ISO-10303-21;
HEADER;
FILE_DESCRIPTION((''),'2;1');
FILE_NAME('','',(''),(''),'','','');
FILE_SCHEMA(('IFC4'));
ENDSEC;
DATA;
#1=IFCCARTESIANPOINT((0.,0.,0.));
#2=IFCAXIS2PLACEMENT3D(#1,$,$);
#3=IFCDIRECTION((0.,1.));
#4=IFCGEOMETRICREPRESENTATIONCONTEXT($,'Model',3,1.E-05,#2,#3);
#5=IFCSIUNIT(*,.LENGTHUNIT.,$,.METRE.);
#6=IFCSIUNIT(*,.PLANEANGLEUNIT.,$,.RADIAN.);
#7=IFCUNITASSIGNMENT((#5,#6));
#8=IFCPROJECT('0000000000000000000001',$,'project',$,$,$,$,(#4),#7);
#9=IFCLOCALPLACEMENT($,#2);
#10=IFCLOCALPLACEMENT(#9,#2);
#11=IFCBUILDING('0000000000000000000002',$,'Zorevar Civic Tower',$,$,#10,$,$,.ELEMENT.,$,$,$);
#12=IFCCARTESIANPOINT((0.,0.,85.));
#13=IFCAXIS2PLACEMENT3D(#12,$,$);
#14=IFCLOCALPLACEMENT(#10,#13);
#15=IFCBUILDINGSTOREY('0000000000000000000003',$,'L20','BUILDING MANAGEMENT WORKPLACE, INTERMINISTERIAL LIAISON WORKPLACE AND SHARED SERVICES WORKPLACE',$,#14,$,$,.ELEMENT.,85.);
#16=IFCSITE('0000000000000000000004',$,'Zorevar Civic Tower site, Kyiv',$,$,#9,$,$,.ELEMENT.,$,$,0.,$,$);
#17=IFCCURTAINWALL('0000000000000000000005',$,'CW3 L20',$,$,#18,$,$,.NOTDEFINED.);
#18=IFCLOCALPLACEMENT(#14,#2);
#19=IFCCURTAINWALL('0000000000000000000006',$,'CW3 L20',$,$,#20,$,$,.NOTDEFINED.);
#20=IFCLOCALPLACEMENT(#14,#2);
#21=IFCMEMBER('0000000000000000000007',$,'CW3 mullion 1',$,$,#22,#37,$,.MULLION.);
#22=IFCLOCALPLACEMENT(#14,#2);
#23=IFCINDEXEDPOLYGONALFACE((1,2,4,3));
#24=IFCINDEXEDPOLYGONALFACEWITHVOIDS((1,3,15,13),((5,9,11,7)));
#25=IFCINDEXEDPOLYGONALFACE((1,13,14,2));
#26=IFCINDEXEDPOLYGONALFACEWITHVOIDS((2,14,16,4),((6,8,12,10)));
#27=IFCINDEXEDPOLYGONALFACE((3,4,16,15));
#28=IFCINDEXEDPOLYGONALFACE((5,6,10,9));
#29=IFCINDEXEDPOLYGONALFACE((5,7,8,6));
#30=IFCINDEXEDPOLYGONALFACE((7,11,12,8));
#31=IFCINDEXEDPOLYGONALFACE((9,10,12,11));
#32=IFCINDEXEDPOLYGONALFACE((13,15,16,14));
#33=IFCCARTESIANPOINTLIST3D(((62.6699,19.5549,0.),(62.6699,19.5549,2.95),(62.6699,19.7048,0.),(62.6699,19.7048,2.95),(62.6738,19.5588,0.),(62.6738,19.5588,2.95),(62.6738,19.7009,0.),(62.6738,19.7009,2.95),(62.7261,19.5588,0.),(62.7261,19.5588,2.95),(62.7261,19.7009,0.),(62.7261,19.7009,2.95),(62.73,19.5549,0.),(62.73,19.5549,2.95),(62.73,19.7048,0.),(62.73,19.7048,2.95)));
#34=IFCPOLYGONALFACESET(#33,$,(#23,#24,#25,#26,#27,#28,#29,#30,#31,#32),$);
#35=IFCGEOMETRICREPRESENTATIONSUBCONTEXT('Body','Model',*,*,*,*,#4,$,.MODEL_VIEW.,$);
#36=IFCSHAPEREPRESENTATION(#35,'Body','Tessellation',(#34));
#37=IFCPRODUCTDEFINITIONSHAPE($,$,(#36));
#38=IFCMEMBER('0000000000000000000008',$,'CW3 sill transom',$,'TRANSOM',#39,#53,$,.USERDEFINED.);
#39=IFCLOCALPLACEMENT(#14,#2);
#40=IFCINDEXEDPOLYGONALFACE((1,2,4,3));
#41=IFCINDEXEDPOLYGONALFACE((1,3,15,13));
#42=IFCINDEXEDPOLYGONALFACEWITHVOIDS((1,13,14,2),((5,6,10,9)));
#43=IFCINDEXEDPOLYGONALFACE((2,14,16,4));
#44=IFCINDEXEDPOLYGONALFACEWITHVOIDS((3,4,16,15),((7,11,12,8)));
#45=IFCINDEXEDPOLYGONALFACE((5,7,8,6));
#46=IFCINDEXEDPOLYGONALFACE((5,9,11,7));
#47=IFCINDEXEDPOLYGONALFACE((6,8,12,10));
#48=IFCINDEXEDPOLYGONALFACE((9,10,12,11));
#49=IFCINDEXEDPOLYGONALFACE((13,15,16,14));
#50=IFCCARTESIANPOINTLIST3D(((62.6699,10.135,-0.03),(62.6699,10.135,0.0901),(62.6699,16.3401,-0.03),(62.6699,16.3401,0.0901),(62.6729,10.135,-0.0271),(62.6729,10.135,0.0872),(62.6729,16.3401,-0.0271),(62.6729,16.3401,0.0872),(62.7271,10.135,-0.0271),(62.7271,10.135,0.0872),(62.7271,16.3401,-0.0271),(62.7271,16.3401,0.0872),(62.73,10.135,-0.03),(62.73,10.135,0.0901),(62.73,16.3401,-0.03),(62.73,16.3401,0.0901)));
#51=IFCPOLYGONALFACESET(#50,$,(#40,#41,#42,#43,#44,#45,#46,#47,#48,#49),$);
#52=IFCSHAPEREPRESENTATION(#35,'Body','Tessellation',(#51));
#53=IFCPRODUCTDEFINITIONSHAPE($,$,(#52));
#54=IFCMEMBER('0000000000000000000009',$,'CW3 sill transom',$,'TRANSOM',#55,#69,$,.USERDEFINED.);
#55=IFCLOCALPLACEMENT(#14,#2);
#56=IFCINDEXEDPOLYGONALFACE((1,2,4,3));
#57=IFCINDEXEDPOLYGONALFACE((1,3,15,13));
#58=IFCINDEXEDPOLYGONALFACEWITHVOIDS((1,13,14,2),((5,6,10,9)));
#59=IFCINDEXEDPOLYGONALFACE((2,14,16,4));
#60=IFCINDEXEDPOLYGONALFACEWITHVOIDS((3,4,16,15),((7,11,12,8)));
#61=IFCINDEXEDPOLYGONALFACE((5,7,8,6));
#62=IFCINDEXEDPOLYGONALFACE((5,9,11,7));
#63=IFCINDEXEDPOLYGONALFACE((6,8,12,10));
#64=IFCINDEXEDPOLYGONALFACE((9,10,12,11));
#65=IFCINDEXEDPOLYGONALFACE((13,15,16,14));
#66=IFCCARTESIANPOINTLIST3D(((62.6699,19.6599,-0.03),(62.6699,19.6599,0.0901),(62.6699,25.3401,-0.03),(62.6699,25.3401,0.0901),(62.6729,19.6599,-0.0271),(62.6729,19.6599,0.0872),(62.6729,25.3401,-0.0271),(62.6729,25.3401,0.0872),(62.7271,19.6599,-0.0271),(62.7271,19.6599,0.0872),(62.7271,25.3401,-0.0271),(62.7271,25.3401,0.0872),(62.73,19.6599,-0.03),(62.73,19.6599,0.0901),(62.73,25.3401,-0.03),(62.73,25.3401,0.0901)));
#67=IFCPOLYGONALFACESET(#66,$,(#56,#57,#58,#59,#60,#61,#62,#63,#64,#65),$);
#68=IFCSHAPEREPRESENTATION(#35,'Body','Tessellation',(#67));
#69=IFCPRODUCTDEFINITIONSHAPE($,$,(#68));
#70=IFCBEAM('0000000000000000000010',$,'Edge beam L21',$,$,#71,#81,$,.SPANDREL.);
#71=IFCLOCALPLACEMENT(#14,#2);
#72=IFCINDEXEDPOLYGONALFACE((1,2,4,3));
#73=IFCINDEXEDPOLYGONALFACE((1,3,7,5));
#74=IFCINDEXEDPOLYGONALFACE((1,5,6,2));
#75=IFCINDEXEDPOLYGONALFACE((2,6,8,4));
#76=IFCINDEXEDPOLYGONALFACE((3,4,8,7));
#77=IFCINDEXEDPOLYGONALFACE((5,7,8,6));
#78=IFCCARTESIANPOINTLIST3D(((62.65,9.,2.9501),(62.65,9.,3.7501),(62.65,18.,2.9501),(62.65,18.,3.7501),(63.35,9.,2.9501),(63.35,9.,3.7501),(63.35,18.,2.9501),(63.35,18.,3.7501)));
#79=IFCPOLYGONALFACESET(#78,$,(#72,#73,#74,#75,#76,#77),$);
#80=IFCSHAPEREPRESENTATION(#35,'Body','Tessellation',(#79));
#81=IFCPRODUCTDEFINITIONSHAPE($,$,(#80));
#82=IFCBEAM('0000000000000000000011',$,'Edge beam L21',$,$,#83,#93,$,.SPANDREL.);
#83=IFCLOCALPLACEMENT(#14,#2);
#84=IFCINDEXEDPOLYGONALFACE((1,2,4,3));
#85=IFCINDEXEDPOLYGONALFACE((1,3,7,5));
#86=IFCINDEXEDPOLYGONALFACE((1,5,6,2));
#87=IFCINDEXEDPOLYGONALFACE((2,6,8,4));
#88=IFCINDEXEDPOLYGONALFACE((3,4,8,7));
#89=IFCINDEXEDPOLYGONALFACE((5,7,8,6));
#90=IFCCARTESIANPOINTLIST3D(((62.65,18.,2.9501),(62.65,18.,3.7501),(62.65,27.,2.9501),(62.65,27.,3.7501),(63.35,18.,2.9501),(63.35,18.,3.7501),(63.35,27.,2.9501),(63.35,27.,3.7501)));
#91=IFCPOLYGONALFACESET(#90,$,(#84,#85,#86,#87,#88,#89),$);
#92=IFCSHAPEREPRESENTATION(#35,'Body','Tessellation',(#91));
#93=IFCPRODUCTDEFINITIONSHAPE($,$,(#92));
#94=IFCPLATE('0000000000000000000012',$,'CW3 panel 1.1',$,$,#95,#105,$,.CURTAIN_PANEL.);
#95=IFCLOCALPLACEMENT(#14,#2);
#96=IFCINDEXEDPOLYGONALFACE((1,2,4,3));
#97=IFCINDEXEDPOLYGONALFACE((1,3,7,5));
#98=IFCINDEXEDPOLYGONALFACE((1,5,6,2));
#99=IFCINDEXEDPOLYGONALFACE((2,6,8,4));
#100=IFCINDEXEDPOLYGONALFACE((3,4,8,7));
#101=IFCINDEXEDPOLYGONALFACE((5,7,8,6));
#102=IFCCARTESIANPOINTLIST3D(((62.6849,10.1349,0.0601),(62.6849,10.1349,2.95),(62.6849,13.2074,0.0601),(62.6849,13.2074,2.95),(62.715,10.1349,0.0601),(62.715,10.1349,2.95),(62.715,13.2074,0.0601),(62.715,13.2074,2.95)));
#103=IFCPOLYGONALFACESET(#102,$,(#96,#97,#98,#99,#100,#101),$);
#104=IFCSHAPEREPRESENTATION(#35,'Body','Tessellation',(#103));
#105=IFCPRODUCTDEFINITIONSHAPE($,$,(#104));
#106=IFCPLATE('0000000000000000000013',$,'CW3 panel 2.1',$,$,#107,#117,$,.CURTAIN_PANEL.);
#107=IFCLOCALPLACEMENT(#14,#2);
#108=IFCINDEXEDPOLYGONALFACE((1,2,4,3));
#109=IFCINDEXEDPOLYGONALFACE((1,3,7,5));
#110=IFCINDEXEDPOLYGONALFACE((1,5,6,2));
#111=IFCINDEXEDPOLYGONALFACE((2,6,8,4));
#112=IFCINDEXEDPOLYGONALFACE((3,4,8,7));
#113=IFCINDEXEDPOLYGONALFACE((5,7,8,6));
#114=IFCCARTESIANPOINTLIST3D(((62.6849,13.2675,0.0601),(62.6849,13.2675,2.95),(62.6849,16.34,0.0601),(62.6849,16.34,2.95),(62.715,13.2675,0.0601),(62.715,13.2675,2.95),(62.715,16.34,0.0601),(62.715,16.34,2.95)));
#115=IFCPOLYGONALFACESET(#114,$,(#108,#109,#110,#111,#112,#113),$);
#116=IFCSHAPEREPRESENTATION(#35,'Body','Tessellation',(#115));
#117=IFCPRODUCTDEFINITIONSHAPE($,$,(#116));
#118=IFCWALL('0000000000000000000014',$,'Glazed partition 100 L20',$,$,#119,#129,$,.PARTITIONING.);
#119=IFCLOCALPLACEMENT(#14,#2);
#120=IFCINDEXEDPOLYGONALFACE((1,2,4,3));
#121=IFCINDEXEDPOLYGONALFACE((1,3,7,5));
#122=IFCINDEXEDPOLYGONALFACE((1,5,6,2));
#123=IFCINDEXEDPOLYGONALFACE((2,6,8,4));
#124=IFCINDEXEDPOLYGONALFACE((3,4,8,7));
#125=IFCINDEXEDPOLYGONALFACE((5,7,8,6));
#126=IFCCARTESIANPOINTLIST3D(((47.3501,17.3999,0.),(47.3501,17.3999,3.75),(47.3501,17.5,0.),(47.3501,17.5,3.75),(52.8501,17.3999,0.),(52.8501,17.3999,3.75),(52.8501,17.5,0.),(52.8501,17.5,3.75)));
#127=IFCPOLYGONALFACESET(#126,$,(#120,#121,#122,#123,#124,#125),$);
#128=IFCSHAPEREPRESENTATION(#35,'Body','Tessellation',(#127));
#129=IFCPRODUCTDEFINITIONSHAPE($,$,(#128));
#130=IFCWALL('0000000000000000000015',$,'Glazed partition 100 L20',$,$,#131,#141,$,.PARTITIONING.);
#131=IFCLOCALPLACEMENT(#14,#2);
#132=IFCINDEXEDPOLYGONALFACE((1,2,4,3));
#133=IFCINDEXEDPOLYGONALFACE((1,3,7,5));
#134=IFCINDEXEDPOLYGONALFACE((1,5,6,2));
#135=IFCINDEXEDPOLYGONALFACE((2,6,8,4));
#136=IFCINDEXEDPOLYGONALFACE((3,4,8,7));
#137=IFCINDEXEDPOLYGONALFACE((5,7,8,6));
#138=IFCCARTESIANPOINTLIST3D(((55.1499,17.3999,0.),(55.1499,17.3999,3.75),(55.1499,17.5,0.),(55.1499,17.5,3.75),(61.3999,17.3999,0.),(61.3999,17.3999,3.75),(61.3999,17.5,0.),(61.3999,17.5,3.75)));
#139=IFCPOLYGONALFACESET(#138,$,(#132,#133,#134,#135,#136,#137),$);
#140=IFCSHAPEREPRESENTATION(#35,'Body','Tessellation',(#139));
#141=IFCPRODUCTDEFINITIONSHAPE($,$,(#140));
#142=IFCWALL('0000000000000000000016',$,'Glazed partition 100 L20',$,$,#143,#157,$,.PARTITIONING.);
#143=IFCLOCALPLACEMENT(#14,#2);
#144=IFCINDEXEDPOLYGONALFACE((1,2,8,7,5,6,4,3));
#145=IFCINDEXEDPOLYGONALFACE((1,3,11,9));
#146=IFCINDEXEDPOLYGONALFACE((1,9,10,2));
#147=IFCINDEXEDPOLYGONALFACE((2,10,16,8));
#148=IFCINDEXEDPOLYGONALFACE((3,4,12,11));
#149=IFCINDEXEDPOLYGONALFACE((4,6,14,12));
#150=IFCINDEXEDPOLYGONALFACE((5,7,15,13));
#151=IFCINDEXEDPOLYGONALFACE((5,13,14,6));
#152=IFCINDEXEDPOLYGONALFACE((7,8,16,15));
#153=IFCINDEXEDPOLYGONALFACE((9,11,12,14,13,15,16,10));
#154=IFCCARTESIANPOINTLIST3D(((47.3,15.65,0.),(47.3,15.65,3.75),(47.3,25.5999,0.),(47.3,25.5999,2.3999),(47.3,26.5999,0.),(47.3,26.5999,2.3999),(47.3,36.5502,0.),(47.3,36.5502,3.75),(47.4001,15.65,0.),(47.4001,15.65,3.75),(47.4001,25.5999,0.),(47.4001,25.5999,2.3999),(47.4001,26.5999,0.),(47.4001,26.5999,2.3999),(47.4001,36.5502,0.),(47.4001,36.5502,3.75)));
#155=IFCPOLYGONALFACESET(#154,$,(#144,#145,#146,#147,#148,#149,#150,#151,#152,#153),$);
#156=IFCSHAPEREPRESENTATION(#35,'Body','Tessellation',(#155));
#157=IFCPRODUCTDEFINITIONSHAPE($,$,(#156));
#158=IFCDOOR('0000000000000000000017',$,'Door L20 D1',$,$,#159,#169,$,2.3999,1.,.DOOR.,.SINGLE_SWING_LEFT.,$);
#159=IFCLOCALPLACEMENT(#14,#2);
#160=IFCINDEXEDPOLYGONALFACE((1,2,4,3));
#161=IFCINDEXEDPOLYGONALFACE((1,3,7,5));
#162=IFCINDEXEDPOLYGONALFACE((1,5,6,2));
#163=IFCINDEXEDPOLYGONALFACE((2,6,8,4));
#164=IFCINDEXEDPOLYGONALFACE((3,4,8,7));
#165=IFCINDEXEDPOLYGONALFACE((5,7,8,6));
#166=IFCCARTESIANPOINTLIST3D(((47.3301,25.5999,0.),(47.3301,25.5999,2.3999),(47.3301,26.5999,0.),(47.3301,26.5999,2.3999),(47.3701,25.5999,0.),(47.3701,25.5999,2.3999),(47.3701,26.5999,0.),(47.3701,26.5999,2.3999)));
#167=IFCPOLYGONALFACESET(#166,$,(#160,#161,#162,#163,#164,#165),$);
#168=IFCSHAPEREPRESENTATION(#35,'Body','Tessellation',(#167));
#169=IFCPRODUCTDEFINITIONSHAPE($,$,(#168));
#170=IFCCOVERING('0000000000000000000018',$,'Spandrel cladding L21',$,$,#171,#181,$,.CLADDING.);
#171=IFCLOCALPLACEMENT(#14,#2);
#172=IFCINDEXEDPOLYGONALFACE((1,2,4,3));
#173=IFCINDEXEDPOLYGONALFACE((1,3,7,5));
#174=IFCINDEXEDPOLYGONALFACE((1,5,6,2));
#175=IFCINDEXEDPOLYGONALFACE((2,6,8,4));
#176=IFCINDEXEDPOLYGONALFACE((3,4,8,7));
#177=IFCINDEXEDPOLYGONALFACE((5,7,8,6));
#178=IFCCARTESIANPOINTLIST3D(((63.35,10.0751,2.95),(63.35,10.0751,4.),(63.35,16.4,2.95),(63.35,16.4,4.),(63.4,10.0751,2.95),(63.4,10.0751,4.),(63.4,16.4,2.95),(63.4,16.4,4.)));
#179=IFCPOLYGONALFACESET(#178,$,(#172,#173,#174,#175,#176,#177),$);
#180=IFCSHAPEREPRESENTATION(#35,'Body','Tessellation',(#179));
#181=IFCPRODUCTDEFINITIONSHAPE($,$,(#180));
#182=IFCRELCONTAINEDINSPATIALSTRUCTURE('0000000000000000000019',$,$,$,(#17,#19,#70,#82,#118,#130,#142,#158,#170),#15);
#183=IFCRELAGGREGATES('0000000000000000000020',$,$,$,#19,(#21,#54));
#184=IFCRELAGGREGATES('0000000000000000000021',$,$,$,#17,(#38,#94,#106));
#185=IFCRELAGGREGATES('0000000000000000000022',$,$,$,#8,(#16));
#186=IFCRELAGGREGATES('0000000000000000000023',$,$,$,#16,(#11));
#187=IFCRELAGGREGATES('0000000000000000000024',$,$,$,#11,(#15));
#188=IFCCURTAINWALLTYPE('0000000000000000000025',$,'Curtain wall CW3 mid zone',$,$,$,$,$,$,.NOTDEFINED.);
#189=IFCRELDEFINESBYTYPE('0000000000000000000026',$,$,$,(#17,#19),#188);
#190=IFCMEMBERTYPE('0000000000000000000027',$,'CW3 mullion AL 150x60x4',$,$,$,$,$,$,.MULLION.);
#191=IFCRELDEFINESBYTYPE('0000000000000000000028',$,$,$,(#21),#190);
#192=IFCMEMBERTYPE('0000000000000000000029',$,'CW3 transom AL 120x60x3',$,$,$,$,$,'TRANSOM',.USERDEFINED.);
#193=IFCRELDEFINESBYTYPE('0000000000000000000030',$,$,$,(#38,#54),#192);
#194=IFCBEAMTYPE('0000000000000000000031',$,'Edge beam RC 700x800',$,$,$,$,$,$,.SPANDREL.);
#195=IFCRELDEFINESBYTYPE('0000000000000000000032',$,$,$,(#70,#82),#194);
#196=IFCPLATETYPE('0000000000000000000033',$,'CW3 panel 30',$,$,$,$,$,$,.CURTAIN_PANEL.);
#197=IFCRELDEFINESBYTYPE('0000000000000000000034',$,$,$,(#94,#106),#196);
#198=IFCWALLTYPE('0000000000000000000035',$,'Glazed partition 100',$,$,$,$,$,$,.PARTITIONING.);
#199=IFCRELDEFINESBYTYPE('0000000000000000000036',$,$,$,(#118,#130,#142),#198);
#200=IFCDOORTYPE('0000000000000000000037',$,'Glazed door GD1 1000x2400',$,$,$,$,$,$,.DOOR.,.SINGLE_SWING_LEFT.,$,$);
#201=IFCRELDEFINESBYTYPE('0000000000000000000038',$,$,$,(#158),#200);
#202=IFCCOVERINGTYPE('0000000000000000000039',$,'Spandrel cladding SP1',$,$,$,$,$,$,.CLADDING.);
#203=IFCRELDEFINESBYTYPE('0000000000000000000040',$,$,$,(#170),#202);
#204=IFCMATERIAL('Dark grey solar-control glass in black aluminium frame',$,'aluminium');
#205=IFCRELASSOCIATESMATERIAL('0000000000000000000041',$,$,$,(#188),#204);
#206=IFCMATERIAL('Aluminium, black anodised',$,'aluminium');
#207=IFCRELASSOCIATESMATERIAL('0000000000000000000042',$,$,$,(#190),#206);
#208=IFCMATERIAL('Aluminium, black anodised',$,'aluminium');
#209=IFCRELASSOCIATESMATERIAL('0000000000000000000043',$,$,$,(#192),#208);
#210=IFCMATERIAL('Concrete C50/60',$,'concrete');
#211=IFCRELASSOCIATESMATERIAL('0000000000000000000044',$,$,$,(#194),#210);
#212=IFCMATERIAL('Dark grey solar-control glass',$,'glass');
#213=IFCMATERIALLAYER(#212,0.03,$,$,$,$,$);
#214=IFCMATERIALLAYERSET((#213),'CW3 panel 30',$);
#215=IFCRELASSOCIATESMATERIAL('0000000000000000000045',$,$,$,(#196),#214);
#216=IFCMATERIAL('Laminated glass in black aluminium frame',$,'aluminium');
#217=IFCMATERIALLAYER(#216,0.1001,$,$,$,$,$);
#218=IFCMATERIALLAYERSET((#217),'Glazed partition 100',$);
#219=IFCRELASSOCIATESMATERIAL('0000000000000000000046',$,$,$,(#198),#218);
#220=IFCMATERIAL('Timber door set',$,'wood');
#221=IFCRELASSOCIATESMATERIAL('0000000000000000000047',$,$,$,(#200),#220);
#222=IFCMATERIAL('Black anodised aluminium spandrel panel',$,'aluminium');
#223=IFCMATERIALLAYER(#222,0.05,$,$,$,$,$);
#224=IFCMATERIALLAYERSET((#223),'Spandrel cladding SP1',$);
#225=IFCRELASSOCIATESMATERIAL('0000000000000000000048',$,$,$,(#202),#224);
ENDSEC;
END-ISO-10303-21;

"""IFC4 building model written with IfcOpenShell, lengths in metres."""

from ifc_helpers import new_model, si_unit, direction, frame, frame_2d, origin, origin_2d, place, context, subcontext, project, spatial, rectangle, hollow_rectangle, extrude, material, layer, layer_set, material_profile, profile_set, type_object, element, fill, aggregate, save


model = new_model("IFC4")

# Units and contexts
model_context = context("Model", 3, precision=1e-05, world=origin(), true_north=direction((0.0, 1.0)))
body_context = subcontext(model_context, "Body", "Model", "MODEL_VIEW")
ifc_project = project(units=[si_unit("LENGTHUNIT", "METRE"), si_unit("PLANEANGLEUNIT", "RADIAN")], contexts=[model_context])

# Site, building, storey
site_placement = place(None, origin())
site = spatial("IfcSite", under=ifc_project, at=site_placement, Name="Zorevar Civic Tower site, Kyiv", CompositionType="ELEMENT", RefElevation=0.0)
building_placement = place(site_placement, origin())
building = spatial("IfcBuilding", under=site, at=building_placement, Name="Zorevar Civic Tower", CompositionType="ELEMENT")
storey_placement = place(building_placement, frame((0.0, 0.0, 85.0)))
storey = spatial("IfcBuildingStorey", under=building, at=storey_placement, Name="L20", Description="BUILDING MANAGEMENT WORKPLACE, INTERMINISTERIAL LIAISON WORKPLACE AND SHARED SERVICES WORKPLACE", CompositionType="ELEMENT", Elevation=85.0)

# Curtain wall
ifc_material_1 = material(Name="Dark grey solar-control glass in black aluminium frame", Category="aluminium")
curtain_wall_type = type_object("IfcCurtainWallType", Name="Curtain wall CW3 mid zone", PredefinedType="NOTDEFINED", material=ifc_material_1)
curtain_wall_1_placement = place(storey_placement, origin())
curtain_wall_1 = element("IfcCurtainWall", 1, at=curtain_wall_1_placement, inside=storey, type_object=curtain_wall_type, Name="CW3 L20", PredefinedType="NOTDEFINED")
ifc_material_2 = material(Name="Aluminium, black anodised", Category="aluminium")
ifc_material_profile_1 = material_profile(ifc_material_2, hollow_rectangle(XDim=0.0601, YDim=0.1499, WallThickness=0.0039, at=origin_2d()), Name="AL 150x60x4")
ifc_profile_set_1 = profile_set([ifc_material_profile_1], Name="Aluminium, black anodised")
member_type_1 = type_object("IfcMemberType", Name="CW3 mullion AL 150x60x4", PredefinedType="MULLION", material=ifc_profile_set_1)

# Curtain wall, member
curtain_wall_2_placement = place(storey_placement, origin())
curtain_wall_2 = element("IfcCurtainWall", 2, at=curtain_wall_2_placement, inside=storey, type_object=curtain_wall_type, Name="CW3 L20", PredefinedType="NOTDEFINED")
member_1_placement = place(storey_placement, frame((62.7, 19.6299, 0.0), z_axis=(0.0, 0.0, 1.0), x_axis=(-1.0, 0.0, 0.0)))
member_1 = element("IfcMember", 3, at=member_1_placement, type_object=member_type_1, Name="CW3 mullion 1", PredefinedType="MULLION", context=body_context, shape_type="SweptSolid", body=[
    extrude(hollow_rectangle(XDim=0.0601, YDim=0.1499, WallThickness=0.0039, at=origin_2d()), origin(), (0.0, 0.0, 1.0), 2.95),
])

# Members
ifc_material_3 = material(Name="Aluminium, black anodised", Category="aluminium")
ifc_material_profile_2 = material_profile(ifc_material_3, hollow_rectangle(XDim=0.0601, YDim=0.1201, WallThickness=0.0029, at=origin_2d()), Name="AL 120x60x3")
ifc_profile_set_2 = profile_set([ifc_material_profile_2], Name="Aluminium, black anodised")
member_type_2 = type_object("IfcMemberType", Name="CW3 transom AL 120x60x3", ElementType="TRANSOM", PredefinedType="USERDEFINED", material=ifc_profile_set_2)
member_2_placement = place(storey_placement, frame((62.7, 10.135, 0.03), z_axis=(0.0, 1.0, 0.0), x_axis=(-1.0, 0.0, 0.0)))
member_2 = element("IfcMember", 4, at=member_2_placement, type_object=member_type_2, Name="CW3 sill transom", ObjectType="TRANSOM", PredefinedType="USERDEFINED", context=body_context, shape_type="SweptSolid", body=[
    extrude(hollow_rectangle(XDim=0.0601, YDim=0.1201, WallThickness=0.0029, at=origin_2d()), origin(), (0.0, 0.0, 1.0), 6.2051),
])
member_3_placement = place(storey_placement, frame((62.7, 19.6599, 0.03), z_axis=(0.0, 1.0, 0.0), x_axis=(-1.0, 0.0, 0.0)))
member_3 = element("IfcMember", 5, at=member_3_placement, type_object=member_type_2, Name="CW3 sill transom", ObjectType="TRANSOM", PredefinedType="USERDEFINED", context=body_context, shape_type="SweptSolid", body=[
    extrude(hollow_rectangle(XDim=0.0601, YDim=0.1201, WallThickness=0.0029, at=origin_2d()), origin(), (0.0, 0.0, 1.0), 5.6802),
])
aggregate(curtain_wall_2, [member_1, member_3])

# Beams
ifc_material_4 = material(Name="Concrete C50/60", Category="concrete")
ifc_material_profile_3 = material_profile(ifc_material_4, rectangle(XDim=0.7, YDim=0.8, at=origin_2d()), Name="RC 700x800")
ifc_profile_set_3 = profile_set([ifc_material_profile_3], Name="Concrete C50/60")
beam_type_1 = type_object("IfcBeamType", Name="Edge beam RC 700x800", PredefinedType="SPANDREL", material=ifc_profile_set_3)
for number, where, z_axis, x_axis, name in (
    (6, (63.0, 9.0, 3.3501), (0.0, 1.0, 0.0), (-1.0, 0.0, 0.0), "Edge beam L21"),
    (7, (63.0, 18.0, 3.3501), (0.0, 1.0, 0.0), (-1.0, 0.0, 0.0), "Edge beam L21"),
):
    element("IfcBeam", number, at=place(storey_placement, frame(where, z_axis=z_axis, x_axis=x_axis)), inside=storey, type_object=beam_type_1, Name=name, PredefinedType="SPANDREL", context=body_context, shape_type="SweptSolid", body=[
        extrude(rectangle(XDim=0.7, YDim=0.8, at=origin_2d()), origin(), (0.0, 0.0, 1.0), 9.0),
    ])

# Plates
ifc_material_5 = material(Name="Dark grey solar-control glass", Category="glass")
ifc_layer_1 = layer(ifc_material_5, 0.03)
ifc_layer_set_1 = layer_set([ifc_layer_1], Name="CW3 panel 30")
plate_type = type_object("IfcPlateType", Name="CW3 panel 30", PredefinedType="CURTAIN_PANEL", material=ifc_layer_set_1)
plate_1_placement = place(storey_placement, frame((62.7, 11.6711, 0.0601), z_axis=(0.0, 0.0, 1.0), x_axis=(0.0, 1.0, 0.0)))
plate_1 = element("IfcPlate", 8, at=plate_1_placement, type_object=plate_type, Name="CW3 panel 1.1", PredefinedType="CURTAIN_PANEL", context=body_context, shape_type="SweptSolid", body=[
    extrude(rectangle(XDim=3.0725, YDim=0.03, at=origin_2d()), origin(), (0.0, 0.0, 1.0), 2.8899),
])
plate_2_placement = place(storey_placement, frame((62.7, 14.8037, 0.0601), z_axis=(0.0, 0.0, 1.0), x_axis=(0.0, 1.0, 0.0)))
plate_2 = element("IfcPlate", 9, at=plate_2_placement, type_object=plate_type, Name="CW3 panel 2.1", PredefinedType="CURTAIN_PANEL", context=body_context, shape_type="SweptSolid", body=[
    extrude(rectangle(XDim=3.0725, YDim=0.03, at=origin_2d()), origin(), (0.0, 0.0, 1.0), 2.8899),
])
aggregate(curtain_wall_1, [member_2, plate_1, plate_2])

# Walls
ifc_material_6 = material(Name="Laminated glass in black aluminium frame", Category="aluminium")
ifc_layer_2 = layer(ifc_material_6, 0.1001)
ifc_layer_set_2 = layer_set([ifc_layer_2], Name="Glazed partition 100")
wall_type = type_object("IfcWallType", Name="Glazed partition 100", PredefinedType="PARTITIONING", material=ifc_layer_set_2)
wall_1_placement = place(storey_placement, frame((47.3501, 17.45, 0.0), z_axis=(0.0, 0.0, 1.0), x_axis=(1.0, 0.0, 0.0)))
element("IfcWall", 10, at=wall_1_placement, inside=storey, type_object=wall_type, Name="Glazed partition 100 L20", PredefinedType="PARTITIONING", context=body_context, shape_type="SweptSolid", body=[
    extrude(rectangle(XDim=5.5, YDim=0.1001, at=frame_2d((2.75, 0.0))), origin(), (0.0, 0.0, 1.0), 3.75),
])
wall_2_placement = place(storey_placement, frame((55.1499, 17.45, 0.0), z_axis=(0.0, 0.0, 1.0), x_axis=(1.0, 0.0, 0.0)))
element("IfcWall", 11, at=wall_2_placement, inside=storey, type_object=wall_type, Name="Glazed partition 100 L20", PredefinedType="PARTITIONING", context=body_context, shape_type="SweptSolid", body=[
    extrude(rectangle(XDim=6.25, YDim=0.1001, at=frame_2d((3.125, 0.0))), origin(), (0.0, 0.0, 1.0), 3.75),
])

# Wall, opening, door
wall_3_placement = place(storey_placement, frame((47.3501, 15.6499, 0.0), z_axis=(0.0, 0.0, 1.0), x_axis=(0.0, 1.0, 0.0)))
wall_3 = element("IfcWall", 12, at=wall_3_placement, inside=storey, type_object=wall_type, Name="Glazed partition 100 L20", PredefinedType="PARTITIONING", context=body_context, shape_type="SweptSolid", body=[
    extrude(rectangle(XDim=20.9001, YDim=0.1001, at=frame_2d((10.4502, 0.0))), origin(), (0.0, 0.0, 1.0), 3.75),
])
opening_placement = place(wall_3_placement, frame((9.95, 0.0, 0.0)))
opening = element("IfcOpeningElement", 13, at=opening_placement, cuts=wall_3, PredefinedType="OPENING", context=body_context, shape_type="SweptSolid", body=[
    extrude(rectangle(XDim=1.0, YDim=2.3999, at=frame_2d((0.5, 1.2))), frame((0.0, 0.0601, 0.0), z_axis=(0.0, -1.0, 0.0), x_axis=(1.0, 0.0, 0.0)), (0.0, 0.0, 1.0), 0.1201),
])
ifc_material_7 = material(Name="Timber door set", Category="wood")
door_type = type_object("IfcDoorType", Name="Glazed door GD1 1000x2400", OperationType="SINGLE_SWING_LEFT", PredefinedType="DOOR", material=ifc_material_7)
door_placement = place(opening_placement, origin())
door = element("IfcDoor", 14, at=door_placement, inside=storey, type_object=door_type, Name="Door L20 D1", OperationType="SINGLE_SWING_LEFT", OverallHeight=2.3999, OverallWidth=1.0, PredefinedType="DOOR", context=body_context, shape_type="SweptSolid", body=[
    extrude(rectangle(XDim=1.0, YDim=2.3999, at=frame_2d((0.5, 1.2))), frame((0.0, 0.02, 0.0), z_axis=(0.0, -1.0, 0.0), x_axis=(1.0, 0.0, 0.0)), (0.0, 0.0, 1.0), 0.04),
])
fill(opening, door)

# Covering
ifc_material_8 = material(Name="Black anodised aluminium spandrel panel", Category="aluminium")
ifc_layer_3 = layer(ifc_material_8, 0.05)
ifc_layer_set_3 = layer_set([ifc_layer_3], Name="Spandrel cladding SP1")
covering_type = type_object("IfcCoveringType", Name="Spandrel cladding SP1", PredefinedType="CLADDING", material=ifc_layer_set_3)
covering_1_placement = place(storey_placement, frame((63.375, 10.075, 2.95), z_axis=(0.0, 0.0, 1.0), x_axis=(0.0, 1.0, 0.0)))
element("IfcCovering", 15, at=covering_1_placement, inside=storey, type_object=covering_type, Name="Spandrel cladding L21", PredefinedType="CLADDING", context=body_context, shape_type="SweptSolid", body=[
    extrude(rectangle(XDim=6.325, YDim=0.05, at=frame_2d((3.1626, 0.0))), origin(), (0.0, 0.0, 1.0), 1.05),
])

save(model, "model.ifc")
